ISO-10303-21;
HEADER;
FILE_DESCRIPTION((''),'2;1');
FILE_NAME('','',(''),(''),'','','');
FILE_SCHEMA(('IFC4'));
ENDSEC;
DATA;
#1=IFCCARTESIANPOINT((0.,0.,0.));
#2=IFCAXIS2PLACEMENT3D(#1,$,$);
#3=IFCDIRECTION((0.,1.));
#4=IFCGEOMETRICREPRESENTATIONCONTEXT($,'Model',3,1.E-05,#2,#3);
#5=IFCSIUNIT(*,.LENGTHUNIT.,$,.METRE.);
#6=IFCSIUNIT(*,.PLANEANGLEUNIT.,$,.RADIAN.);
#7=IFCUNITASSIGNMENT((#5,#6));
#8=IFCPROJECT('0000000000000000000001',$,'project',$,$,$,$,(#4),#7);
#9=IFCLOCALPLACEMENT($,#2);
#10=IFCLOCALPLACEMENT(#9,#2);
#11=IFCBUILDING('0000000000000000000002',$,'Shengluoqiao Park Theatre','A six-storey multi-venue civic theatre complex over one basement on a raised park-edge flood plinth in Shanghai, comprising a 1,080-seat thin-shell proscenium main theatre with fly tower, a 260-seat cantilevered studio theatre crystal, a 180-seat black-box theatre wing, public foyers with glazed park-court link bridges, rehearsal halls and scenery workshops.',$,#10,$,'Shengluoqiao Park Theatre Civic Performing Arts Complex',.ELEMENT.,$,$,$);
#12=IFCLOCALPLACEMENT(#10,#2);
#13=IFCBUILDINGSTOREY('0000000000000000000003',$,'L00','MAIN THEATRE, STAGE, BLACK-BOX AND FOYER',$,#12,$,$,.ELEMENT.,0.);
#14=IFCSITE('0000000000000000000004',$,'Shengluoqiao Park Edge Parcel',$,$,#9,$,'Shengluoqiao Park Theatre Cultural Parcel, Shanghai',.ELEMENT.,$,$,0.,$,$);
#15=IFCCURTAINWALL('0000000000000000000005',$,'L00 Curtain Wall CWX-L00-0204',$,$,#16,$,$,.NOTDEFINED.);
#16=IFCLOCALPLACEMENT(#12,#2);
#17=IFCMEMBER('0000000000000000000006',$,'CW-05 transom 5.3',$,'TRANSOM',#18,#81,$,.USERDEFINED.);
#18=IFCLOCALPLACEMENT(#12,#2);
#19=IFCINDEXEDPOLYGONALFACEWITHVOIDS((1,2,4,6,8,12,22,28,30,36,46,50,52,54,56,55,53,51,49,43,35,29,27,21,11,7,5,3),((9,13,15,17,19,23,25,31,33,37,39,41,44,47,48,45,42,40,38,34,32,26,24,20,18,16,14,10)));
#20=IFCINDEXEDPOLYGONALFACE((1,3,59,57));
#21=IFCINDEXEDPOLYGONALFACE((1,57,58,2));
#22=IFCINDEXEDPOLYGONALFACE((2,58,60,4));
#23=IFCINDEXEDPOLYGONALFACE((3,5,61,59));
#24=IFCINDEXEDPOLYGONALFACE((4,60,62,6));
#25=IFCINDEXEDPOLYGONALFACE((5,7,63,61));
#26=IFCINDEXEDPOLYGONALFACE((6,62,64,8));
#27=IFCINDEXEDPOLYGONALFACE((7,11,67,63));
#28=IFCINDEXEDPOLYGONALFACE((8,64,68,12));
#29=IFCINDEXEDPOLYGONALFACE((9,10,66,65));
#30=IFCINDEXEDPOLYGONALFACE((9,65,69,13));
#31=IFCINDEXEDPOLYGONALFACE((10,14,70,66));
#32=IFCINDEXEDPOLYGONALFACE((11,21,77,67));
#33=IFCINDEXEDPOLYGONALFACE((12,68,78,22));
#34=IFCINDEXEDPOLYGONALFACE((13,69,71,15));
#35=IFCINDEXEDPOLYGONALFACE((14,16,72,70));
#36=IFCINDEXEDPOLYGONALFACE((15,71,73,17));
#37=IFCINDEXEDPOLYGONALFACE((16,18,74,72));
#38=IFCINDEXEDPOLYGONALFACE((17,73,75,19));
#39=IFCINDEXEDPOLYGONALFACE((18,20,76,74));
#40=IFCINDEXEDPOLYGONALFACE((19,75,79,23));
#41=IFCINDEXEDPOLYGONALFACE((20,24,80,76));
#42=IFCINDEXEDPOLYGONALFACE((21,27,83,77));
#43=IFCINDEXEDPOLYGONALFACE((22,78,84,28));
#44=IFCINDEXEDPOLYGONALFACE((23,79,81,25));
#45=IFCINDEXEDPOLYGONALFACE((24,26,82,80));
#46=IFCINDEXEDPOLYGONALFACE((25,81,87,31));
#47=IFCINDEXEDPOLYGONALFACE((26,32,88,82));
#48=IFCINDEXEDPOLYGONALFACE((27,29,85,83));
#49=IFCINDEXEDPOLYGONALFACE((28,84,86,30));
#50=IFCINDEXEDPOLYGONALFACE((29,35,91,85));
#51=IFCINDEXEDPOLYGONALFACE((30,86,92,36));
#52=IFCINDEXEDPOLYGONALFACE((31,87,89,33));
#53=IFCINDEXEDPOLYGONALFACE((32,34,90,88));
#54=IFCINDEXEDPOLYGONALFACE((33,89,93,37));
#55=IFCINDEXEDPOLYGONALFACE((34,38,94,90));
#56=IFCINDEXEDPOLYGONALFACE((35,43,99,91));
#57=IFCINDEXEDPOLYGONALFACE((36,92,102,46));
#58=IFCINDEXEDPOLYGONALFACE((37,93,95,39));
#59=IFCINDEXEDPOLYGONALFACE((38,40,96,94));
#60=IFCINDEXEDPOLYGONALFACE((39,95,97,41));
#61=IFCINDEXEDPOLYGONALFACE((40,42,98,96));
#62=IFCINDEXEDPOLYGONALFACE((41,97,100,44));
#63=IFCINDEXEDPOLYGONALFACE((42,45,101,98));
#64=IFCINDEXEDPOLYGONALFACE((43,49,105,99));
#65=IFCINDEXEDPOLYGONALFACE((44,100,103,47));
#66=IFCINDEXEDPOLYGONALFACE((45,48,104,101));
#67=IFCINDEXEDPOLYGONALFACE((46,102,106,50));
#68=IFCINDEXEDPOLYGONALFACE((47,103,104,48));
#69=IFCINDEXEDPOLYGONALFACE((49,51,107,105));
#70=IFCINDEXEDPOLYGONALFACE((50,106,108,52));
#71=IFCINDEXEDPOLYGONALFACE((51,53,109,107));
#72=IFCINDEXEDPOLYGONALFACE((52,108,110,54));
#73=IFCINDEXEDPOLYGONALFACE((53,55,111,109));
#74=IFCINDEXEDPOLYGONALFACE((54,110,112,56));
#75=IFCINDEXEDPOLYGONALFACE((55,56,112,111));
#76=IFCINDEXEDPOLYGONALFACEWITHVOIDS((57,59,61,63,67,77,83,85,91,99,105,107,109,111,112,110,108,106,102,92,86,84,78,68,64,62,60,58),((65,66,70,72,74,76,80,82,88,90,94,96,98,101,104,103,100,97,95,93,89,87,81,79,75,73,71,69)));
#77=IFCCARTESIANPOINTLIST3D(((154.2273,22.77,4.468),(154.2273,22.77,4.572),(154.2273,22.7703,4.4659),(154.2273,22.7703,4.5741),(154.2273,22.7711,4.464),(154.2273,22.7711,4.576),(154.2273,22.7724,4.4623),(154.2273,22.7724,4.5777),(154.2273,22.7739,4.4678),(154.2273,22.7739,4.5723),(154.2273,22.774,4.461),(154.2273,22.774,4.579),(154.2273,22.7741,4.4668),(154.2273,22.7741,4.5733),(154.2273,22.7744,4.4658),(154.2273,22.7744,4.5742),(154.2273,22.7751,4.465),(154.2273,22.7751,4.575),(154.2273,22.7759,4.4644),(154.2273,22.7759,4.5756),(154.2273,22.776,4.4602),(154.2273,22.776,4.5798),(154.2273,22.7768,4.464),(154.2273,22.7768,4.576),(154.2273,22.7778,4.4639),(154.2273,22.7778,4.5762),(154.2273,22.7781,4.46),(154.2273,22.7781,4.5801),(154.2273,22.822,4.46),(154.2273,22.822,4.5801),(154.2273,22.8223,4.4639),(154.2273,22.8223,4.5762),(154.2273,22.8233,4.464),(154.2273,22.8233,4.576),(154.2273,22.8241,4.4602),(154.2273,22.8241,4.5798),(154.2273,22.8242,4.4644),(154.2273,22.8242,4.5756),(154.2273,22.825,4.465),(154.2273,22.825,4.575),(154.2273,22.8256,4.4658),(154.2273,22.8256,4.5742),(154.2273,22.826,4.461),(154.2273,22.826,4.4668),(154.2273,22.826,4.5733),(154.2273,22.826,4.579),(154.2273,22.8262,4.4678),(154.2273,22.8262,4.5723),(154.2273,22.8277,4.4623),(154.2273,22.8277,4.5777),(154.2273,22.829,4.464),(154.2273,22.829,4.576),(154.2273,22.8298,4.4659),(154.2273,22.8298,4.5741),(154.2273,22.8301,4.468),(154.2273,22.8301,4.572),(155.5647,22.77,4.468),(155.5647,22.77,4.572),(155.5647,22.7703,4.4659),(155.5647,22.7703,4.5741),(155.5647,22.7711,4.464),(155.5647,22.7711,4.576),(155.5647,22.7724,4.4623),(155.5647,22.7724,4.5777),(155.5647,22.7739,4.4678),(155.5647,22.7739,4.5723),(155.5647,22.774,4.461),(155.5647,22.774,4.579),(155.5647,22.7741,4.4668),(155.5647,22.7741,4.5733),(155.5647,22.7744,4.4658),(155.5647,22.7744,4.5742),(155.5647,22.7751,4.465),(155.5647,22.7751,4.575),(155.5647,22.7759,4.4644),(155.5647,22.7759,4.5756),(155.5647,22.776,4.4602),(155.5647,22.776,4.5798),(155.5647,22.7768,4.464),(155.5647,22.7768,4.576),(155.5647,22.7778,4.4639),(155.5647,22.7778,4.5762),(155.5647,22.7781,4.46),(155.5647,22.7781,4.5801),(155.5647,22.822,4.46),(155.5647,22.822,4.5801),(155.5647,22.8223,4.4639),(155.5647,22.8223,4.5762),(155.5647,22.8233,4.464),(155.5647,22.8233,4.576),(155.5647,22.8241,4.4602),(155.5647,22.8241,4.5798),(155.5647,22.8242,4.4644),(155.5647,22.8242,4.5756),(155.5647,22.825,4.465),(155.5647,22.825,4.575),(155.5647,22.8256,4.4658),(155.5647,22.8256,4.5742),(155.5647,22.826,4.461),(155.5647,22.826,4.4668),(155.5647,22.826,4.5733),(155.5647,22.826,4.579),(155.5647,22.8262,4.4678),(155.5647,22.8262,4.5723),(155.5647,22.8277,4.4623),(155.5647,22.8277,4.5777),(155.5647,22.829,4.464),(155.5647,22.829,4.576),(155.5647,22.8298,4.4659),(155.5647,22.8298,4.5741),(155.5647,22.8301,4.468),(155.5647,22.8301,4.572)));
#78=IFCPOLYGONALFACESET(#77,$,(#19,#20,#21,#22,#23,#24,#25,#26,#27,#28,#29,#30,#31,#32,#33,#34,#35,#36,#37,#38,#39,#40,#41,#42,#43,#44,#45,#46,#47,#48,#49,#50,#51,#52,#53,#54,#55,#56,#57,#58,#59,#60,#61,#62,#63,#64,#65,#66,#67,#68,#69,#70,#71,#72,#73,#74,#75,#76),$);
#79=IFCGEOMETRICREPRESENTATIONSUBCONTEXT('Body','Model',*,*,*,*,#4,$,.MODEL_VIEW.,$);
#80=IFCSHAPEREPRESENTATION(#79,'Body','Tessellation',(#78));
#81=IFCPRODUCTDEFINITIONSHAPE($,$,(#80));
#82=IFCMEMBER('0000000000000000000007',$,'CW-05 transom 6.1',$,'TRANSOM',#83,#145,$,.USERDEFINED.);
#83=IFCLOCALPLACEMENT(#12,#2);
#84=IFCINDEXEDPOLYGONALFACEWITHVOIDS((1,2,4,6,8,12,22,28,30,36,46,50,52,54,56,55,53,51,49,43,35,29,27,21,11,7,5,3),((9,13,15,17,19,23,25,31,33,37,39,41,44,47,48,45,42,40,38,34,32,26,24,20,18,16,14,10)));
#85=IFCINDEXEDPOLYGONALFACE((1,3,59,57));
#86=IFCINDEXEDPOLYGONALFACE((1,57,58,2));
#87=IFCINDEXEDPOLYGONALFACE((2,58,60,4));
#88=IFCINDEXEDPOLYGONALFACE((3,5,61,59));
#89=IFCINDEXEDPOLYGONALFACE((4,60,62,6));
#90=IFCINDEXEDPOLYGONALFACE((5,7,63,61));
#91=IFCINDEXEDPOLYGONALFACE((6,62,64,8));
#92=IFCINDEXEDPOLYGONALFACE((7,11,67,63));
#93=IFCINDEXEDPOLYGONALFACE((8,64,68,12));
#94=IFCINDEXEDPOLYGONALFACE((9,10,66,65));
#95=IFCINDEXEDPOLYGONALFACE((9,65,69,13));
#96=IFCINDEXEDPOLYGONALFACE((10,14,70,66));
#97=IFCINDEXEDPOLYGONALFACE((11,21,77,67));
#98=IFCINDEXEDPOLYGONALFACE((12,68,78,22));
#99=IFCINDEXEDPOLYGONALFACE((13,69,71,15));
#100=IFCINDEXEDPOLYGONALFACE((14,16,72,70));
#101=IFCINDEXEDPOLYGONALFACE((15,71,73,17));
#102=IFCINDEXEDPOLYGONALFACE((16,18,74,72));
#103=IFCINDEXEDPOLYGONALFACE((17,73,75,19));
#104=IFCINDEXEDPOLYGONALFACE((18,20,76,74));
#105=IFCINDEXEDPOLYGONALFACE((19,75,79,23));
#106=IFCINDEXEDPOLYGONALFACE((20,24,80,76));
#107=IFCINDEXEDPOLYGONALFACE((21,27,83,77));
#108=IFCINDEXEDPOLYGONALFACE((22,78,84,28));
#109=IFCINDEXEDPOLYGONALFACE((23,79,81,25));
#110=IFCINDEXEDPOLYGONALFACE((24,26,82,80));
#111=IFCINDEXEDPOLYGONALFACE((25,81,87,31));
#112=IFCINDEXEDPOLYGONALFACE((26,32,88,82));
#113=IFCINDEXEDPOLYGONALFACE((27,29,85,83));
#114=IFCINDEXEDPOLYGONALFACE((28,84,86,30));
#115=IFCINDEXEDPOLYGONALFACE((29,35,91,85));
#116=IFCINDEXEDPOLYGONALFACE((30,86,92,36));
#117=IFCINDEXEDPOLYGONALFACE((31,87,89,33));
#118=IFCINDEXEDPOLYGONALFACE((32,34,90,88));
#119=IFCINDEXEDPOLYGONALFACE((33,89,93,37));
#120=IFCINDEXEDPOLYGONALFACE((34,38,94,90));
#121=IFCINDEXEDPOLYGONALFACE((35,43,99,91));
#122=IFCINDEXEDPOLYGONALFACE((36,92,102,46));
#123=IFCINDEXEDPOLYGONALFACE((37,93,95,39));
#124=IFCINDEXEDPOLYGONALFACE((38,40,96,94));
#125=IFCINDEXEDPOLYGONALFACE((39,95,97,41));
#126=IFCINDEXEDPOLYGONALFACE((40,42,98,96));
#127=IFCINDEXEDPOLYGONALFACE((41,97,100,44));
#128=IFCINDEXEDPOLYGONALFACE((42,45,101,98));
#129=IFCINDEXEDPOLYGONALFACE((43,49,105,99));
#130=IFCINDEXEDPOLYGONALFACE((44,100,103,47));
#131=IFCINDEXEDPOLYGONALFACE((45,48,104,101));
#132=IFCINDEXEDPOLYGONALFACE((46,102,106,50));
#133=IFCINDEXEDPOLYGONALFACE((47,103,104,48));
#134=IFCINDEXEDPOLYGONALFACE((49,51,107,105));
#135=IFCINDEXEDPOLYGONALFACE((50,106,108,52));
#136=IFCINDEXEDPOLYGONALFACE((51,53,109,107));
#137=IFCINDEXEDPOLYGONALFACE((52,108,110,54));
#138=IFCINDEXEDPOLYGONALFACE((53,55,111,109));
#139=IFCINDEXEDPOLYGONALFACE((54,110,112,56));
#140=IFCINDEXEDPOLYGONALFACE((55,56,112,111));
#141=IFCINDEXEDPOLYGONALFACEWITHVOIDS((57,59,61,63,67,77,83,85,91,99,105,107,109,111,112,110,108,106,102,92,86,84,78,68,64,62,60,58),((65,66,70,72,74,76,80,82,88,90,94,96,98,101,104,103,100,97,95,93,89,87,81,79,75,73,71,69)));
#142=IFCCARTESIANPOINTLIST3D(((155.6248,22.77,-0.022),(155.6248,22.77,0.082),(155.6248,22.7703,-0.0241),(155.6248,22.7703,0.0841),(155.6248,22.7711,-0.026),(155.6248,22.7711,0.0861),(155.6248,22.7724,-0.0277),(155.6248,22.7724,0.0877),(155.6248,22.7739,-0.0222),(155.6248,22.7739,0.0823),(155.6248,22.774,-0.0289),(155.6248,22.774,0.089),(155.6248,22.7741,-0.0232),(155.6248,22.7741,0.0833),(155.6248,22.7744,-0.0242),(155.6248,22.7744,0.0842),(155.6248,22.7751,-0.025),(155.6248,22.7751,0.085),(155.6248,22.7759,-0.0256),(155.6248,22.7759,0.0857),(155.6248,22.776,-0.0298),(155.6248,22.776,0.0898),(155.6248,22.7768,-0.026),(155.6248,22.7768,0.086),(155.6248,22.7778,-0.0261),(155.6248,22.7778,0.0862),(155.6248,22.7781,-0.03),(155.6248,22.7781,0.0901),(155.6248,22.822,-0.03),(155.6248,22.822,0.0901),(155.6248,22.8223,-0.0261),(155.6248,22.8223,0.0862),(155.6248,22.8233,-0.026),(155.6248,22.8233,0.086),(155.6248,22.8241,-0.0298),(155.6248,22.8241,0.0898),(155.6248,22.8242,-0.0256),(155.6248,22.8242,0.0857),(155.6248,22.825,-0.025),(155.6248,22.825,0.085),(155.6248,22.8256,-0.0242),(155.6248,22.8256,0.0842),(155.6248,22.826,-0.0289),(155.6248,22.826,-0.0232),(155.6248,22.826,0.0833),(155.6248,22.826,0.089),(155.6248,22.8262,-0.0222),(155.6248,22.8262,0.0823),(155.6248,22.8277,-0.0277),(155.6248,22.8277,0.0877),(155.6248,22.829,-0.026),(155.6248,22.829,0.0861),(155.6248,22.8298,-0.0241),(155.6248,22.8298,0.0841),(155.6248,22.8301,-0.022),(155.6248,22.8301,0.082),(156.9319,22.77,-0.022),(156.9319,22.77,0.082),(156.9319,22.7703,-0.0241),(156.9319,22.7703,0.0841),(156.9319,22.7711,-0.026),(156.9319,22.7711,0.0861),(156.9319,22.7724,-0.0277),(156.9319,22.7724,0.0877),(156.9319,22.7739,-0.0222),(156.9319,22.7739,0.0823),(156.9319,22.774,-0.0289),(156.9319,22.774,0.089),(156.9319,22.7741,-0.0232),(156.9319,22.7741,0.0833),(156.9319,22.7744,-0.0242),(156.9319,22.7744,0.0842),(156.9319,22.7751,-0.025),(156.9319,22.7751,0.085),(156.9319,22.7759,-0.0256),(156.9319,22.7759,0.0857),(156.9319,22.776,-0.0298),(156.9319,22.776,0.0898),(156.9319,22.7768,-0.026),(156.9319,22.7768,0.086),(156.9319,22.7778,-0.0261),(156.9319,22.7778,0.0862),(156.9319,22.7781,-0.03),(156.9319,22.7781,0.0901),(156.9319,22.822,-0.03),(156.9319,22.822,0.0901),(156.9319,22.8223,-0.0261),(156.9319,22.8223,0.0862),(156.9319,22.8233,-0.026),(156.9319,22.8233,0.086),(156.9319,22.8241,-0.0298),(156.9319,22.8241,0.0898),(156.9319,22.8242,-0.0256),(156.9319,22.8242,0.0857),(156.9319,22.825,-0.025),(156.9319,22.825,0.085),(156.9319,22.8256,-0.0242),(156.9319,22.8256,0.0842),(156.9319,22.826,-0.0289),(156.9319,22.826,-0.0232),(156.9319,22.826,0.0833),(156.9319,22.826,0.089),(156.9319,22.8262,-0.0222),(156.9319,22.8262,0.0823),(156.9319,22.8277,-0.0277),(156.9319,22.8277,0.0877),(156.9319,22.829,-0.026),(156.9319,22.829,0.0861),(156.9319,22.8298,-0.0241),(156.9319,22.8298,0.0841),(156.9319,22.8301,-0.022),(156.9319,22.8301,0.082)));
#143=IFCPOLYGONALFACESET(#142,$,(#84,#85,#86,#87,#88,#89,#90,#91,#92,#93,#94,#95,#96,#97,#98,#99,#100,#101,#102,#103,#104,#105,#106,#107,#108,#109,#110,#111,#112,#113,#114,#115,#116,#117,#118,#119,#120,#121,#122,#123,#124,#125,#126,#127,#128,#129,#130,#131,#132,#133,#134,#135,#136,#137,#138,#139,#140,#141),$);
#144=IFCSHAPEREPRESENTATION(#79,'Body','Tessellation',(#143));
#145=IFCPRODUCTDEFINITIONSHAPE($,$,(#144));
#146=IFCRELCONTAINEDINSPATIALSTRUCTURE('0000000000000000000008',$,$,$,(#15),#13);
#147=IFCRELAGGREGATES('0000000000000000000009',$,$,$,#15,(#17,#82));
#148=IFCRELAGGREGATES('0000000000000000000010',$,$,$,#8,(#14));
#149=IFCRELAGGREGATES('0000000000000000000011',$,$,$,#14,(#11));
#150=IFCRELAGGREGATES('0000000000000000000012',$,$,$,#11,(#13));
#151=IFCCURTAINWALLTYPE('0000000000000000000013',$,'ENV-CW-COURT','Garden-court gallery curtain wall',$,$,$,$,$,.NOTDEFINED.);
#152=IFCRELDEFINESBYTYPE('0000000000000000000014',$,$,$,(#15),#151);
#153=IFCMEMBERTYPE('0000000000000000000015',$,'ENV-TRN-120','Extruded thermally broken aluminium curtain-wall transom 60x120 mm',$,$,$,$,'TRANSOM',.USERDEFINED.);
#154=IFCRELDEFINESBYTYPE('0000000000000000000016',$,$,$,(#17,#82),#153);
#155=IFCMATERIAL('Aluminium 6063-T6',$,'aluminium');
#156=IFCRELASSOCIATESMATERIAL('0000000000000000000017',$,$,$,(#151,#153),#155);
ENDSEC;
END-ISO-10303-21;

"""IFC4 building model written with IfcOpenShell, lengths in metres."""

from ifc_helpers import new_model, si_unit, direction, frame, origin, origin_2d, place, context, subcontext, project, spatial, hollow_rectangle, extrude, material, material_profile, profile_set, type_object, element, aggregate, save


model = new_model("IFC4")

# Units and contexts
model_context = context("Model", 3, precision=1e-05, world=origin(), true_north=direction((0.0, 1.0)))
body_context = subcontext(model_context, "Body", "Model", "MODEL_VIEW")
ifc_project = project(units=[si_unit("LENGTHUNIT", "METRE"), si_unit("PLANEANGLEUNIT", "RADIAN")], contexts=[model_context])

# Site, building, storey
site_placement = place(None, origin())
site = spatial("IfcSite", under=ifc_project, at=site_placement, Name="Shengluoqiao Park Edge Parcel", LongName="Shengluoqiao Park Theatre Cultural Parcel, Shanghai", CompositionType="ELEMENT", RefElevation=0.0)
building_placement = place(site_placement, origin())
building = spatial("IfcBuilding", under=site, at=building_placement, Name="Shengluoqiao Park Theatre", Description="A six-storey multi-venue civic theatre complex over one basement on a raised park-edge flood plinth in Shanghai, comprising a 1,080-seat thin-shell proscenium main theatre with fly tower, a 260-seat cantilevered studio theatre crystal, a 180-seat black-box theatre wing, public foyers with glazed park-court link bridges, rehearsal halls and scenery workshops.", LongName="Shengluoqiao Park Theatre Civic Performing Arts Complex", CompositionType="ELEMENT")
storey_placement = place(building_placement, origin())
storey = spatial("IfcBuildingStorey", under=building, at=storey_placement, Name="L00", Description="MAIN THEATRE, STAGE, BLACK-BOX AND FOYER", CompositionType="ELEMENT", Elevation=0.0)

# Curtain wall, members
ifc_material_1 = material(Name="Aluminium 6063-T6", Category="aluminium")
curtain_wall_type = type_object("IfcCurtainWallType", Name="ENV-CW-COURT", Description="Garden-court gallery curtain wall", PredefinedType="NOTDEFINED", material=ifc_material_1)
curtain_wall_placement = place(storey_placement, origin())
curtain_wall = element("IfcCurtainWall", 1, at=curtain_wall_placement, inside=storey, type_object=curtain_wall_type, Name="L00 Curtain Wall CWX-L00-0204", PredefinedType="NOTDEFINED")
ifc_material_profile_1 = material_profile(ifc_material_1, hollow_rectangle(XDim=0.0601, YDim=0.1201, WallThickness=0.0039, InnerFilletRadius=0.0039, OuterFilletRadius=0.0081, at=origin_2d()), Name="ALU TRANSOM 120x60x4")
ifc_profile_set_1 = profile_set([ifc_material_profile_1], Name="Aluminium 6063-T6")
member_type_1 = type_object("IfcMemberType", Name="ENV-TRN-120", Description="Extruded thermally broken aluminium curtain-wall transom 60x120 mm", ElementType="TRANSOM", PredefinedType="USERDEFINED", material=ifc_profile_set_1)
member_1_placement = place(storey_placement, frame((154.2273, 22.8, 4.52), z_axis=(1.0, 0.0, 0.0), x_axis=(0.0, 1.0, 0.0)))
member_1 = element("IfcMember", 2, at=member_1_placement, type_object=member_type_1, Name="CW-05 transom 5.3", ObjectType="TRANSOM", PredefinedType="USERDEFINED", context=body_context, shape_type="SweptSolid", body=[
    extrude(hollow_rectangle(XDim=0.0601, YDim=0.1201, WallThickness=0.0039, InnerFilletRadius=0.0039, OuterFilletRadius=0.0081, at=origin_2d()), origin(), (0.0, 0.0, 1.0), 1.3374),
])
member_2_placement = place(storey_placement, frame((155.6248, 22.8, 0.03), z_axis=(1.0, 0.0, 0.0), x_axis=(0.0, 1.0, 0.0)))
member_2 = element("IfcMember", 3, at=member_2_placement, type_object=member_type_1, Name="CW-05 transom 6.1", ObjectType="TRANSOM", PredefinedType="USERDEFINED", context=body_context, shape_type="SweptSolid", body=[
    extrude(hollow_rectangle(XDim=0.0601, YDim=0.1201, WallThickness=0.0039, InnerFilletRadius=0.0039, OuterFilletRadius=0.0081, at=origin_2d()), origin(), (0.0, 0.0, 1.0), 1.3071),
])
aggregate(curtain_wall, [member_1, member_2])

save(model, "model.ifc")
